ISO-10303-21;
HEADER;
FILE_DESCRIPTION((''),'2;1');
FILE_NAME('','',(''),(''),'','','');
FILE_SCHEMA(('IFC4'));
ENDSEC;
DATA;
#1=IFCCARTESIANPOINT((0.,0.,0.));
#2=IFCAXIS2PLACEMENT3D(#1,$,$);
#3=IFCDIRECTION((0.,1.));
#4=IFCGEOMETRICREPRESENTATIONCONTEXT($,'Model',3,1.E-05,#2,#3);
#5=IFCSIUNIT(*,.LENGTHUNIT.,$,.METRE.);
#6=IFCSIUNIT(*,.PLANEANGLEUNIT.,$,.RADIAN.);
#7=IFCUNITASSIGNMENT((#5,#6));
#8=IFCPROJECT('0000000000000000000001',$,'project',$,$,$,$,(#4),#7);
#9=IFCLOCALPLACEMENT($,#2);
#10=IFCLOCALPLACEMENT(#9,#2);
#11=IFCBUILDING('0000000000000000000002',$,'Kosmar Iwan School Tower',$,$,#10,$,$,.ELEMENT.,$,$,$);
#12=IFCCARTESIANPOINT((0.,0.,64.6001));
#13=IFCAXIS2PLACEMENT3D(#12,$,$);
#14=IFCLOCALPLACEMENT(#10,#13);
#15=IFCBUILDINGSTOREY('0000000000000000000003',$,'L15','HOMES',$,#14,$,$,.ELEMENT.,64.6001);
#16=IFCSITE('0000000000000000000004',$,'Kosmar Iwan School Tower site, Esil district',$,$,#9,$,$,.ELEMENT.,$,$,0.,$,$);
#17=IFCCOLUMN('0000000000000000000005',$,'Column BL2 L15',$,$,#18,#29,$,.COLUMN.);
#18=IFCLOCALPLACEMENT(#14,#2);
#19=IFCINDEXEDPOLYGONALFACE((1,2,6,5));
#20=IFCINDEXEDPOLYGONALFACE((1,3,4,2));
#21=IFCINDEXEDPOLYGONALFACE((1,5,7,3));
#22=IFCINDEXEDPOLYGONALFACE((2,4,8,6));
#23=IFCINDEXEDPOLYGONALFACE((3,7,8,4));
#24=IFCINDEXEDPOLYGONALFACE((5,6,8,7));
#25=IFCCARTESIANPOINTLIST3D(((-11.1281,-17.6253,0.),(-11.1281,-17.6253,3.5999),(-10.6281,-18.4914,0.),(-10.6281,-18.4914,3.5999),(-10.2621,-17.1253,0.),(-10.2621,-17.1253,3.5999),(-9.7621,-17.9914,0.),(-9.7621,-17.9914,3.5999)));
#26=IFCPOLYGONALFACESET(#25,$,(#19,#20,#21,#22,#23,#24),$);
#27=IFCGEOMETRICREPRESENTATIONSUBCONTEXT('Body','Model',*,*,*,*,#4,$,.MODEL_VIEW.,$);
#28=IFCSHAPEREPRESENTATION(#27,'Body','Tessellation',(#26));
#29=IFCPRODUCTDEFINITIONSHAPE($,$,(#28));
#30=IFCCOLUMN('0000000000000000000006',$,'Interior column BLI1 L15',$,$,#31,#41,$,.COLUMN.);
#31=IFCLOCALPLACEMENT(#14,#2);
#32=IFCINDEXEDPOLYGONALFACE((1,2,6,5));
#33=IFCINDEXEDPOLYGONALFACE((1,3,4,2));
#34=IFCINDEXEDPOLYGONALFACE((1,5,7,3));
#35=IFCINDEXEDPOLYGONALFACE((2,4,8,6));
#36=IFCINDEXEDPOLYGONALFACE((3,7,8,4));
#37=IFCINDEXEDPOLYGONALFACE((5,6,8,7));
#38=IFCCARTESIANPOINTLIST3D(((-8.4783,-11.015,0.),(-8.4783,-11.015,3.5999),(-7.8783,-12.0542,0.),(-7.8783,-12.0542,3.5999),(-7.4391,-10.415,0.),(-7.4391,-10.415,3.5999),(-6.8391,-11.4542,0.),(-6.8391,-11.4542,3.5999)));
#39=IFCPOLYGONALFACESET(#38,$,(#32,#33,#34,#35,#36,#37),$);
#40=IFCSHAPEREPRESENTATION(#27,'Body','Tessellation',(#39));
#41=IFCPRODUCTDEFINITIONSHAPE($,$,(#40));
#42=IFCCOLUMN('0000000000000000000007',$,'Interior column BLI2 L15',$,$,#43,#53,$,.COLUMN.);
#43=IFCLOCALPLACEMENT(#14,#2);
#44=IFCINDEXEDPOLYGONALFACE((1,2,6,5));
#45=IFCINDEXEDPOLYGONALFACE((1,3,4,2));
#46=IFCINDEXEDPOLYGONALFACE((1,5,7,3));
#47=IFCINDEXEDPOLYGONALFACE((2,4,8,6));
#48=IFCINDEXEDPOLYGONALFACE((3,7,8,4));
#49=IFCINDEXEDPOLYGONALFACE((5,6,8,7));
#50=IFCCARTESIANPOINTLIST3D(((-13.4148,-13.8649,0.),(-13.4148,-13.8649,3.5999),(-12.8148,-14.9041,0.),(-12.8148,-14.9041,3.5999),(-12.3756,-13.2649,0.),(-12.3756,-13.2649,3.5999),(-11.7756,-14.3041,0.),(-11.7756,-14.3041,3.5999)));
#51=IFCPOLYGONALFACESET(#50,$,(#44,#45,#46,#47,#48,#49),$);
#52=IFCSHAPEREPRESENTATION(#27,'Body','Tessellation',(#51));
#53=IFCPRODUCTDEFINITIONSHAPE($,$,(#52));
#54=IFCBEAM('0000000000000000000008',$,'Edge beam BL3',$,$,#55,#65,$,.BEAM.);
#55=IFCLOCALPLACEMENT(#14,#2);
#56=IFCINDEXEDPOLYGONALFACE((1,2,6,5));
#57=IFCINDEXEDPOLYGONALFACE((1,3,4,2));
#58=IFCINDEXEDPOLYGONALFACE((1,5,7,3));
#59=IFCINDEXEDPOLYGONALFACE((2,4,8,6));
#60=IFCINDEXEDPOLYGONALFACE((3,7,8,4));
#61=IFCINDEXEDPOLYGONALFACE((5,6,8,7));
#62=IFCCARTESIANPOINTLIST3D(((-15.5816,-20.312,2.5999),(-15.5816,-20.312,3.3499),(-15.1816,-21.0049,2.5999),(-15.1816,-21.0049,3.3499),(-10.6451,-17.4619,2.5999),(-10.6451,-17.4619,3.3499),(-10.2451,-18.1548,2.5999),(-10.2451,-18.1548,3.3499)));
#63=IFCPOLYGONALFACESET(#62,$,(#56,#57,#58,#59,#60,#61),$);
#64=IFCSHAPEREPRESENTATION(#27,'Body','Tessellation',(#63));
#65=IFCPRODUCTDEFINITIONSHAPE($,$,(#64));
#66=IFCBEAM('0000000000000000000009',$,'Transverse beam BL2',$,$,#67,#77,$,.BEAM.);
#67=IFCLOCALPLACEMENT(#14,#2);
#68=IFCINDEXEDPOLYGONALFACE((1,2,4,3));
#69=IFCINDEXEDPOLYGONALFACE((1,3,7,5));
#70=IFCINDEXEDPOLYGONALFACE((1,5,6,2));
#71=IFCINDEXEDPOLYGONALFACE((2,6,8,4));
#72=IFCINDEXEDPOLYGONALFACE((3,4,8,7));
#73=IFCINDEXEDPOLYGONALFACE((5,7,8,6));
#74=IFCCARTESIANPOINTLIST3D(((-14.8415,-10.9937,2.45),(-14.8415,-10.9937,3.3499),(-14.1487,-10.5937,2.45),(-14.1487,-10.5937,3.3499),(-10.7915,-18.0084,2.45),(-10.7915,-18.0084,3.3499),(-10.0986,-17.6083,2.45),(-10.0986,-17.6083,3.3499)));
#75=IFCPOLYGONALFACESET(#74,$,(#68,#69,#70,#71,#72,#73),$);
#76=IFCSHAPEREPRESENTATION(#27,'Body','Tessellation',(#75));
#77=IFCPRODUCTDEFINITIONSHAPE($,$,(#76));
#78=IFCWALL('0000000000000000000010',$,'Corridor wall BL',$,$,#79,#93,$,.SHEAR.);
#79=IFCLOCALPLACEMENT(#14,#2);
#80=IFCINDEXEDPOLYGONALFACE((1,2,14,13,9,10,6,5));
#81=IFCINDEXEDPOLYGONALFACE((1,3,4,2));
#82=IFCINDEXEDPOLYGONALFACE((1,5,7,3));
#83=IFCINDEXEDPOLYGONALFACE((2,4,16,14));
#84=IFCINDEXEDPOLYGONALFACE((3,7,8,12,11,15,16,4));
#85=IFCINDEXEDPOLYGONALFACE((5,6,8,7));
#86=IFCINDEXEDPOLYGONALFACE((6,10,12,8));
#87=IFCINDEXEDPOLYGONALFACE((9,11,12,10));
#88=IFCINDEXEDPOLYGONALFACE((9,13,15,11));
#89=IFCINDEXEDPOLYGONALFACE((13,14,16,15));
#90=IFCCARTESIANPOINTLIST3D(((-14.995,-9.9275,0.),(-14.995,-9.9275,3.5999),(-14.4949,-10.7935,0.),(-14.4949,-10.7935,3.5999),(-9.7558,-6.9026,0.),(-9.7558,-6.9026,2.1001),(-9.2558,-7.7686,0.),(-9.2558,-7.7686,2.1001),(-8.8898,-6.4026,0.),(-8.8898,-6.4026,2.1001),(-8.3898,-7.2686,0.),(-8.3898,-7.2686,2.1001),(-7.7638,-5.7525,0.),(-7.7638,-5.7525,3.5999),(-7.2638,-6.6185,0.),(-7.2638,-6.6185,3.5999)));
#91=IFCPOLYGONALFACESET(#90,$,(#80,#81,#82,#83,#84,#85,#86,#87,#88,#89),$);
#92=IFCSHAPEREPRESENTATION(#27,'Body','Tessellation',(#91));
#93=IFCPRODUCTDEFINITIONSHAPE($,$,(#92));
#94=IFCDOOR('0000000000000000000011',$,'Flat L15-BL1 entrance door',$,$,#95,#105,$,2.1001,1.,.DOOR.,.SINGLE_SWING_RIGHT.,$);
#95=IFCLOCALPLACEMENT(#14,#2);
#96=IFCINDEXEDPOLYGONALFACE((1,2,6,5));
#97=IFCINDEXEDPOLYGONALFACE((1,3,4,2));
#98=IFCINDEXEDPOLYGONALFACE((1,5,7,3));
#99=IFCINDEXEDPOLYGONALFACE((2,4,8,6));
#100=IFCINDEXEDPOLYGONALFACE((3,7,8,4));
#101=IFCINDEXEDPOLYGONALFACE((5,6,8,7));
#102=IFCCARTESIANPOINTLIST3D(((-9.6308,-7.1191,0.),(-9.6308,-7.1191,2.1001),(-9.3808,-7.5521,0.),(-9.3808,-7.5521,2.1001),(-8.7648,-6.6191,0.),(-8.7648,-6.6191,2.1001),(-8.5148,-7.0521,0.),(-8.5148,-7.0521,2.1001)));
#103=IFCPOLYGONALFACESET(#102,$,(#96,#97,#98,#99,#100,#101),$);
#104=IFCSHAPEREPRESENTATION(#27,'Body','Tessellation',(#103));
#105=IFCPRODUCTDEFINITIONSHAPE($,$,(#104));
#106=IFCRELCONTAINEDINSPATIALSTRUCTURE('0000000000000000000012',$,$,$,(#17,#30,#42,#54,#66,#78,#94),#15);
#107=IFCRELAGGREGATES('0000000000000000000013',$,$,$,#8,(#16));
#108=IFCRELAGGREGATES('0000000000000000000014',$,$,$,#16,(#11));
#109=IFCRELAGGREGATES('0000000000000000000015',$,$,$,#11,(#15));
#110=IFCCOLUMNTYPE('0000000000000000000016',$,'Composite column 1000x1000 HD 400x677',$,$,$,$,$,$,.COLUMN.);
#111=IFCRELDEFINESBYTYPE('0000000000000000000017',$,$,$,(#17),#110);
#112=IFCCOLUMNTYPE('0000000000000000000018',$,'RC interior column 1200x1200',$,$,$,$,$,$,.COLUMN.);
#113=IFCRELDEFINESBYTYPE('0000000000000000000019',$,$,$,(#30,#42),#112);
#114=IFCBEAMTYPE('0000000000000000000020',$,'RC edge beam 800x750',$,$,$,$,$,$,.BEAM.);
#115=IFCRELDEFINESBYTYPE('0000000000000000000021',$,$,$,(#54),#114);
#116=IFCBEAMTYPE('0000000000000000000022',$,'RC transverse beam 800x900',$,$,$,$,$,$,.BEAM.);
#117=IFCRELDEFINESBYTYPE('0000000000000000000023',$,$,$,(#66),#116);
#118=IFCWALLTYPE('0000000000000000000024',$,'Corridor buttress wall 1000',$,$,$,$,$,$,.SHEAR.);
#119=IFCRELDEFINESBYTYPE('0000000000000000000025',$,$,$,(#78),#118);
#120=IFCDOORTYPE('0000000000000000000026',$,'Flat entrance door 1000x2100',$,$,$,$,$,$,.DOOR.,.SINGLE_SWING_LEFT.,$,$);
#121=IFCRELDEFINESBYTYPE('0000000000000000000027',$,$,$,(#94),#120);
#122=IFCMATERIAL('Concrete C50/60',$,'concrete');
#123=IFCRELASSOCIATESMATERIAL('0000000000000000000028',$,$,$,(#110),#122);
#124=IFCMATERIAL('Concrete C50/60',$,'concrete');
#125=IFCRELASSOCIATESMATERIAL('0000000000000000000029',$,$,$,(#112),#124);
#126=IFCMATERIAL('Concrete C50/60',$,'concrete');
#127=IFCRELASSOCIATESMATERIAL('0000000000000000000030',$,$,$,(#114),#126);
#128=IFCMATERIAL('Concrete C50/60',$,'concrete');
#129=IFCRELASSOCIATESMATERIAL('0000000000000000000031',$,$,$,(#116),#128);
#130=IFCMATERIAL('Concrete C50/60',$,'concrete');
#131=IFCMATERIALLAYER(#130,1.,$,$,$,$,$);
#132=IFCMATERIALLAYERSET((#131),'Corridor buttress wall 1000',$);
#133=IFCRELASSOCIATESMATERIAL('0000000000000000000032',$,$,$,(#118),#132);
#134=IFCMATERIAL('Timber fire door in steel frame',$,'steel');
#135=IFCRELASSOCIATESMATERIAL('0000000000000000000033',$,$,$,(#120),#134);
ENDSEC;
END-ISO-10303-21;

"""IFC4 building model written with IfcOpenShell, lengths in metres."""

from ifc_helpers import new_model, si_unit, direction, frame, frame_2d, origin, origin_2d, place, context, subcontext, project, spatial, rectangle, extrude, material, layer, layer_set, material_profile, profile_set, type_object, element, fill, save


model = new_model("IFC4")

# Units and contexts
model_context = context("Model", 3, precision=1e-05, world=origin(), true_north=direction((0.0, 1.0)))
body_context = subcontext(model_context, "Body", "Model", "MODEL_VIEW")
ifc_project = project(units=[si_unit("LENGTHUNIT", "METRE"), si_unit("PLANEANGLEUNIT", "RADIAN")], contexts=[model_context])

# Site, building, storey
site_placement = place(None, origin())
site = spatial("IfcSite", under=ifc_project, at=site_placement, Name="Kosmar Iwan School Tower site, Esil district", CompositionType="ELEMENT", RefElevation=0.0)
building_placement = place(site_placement, origin())
building = spatial("IfcBuilding", under=site, at=building_placement, Name="Kosmar Iwan School Tower", CompositionType="ELEMENT")
storey_placement = place(building_placement, frame((0.0, 0.0, 64.6001)))
storey = spatial("IfcBuildingStorey", under=building, at=storey_placement, Name="L15", Description="HOMES", CompositionType="ELEMENT", Elevation=64.6001)

# Columns
ifc_material_1 = material(Name="Concrete C50/60", Category="concrete")
ifc_material_profile_1 = material_profile(ifc_material_1, rectangle(XDim=1.0, YDim=1.0, at=origin_2d()), Name="RC 1000x1000 + HD 400x677")
ifc_profile_set_1 = profile_set([ifc_material_profile_1], Name="Concrete C50/60")
column_type_1 = type_object("IfcColumnType", Name="Composite column 1000x1000 HD 400x677", PredefinedType="COLUMN", material=ifc_profile_set_1)
column_placement = place(storey_placement, frame((-10.4451, -17.8083, 0.0), z_axis=(0.0, 0.0, 1.0), x_axis=(-0.866025, -0.5, 0.0)))
element("IfcColumn", 1, at=column_placement, inside=storey, type_object=column_type_1, Name="Column BL2 L15", PredefinedType="COLUMN", context=body_context, shape_type="SweptSolid", body=[
    extrude(rectangle(XDim=1.0, YDim=1.0, at=origin_2d()), origin(), (0.0, 0.0, 1.0), 3.5999),
])
ifc_material_2 = material(Name="Concrete C50/60", Category="concrete")
ifc_material_profile_2 = material_profile(ifc_material_2, rectangle(XDim=1.2, YDim=1.2, at=origin_2d()), Name="RC 1200x1200")
ifc_profile_set_2 = profile_set([ifc_material_profile_2], Name="Concrete C50/60")
column_type_2 = type_object("IfcColumnType", Name="RC interior column 1200x1200", PredefinedType="COLUMN", material=ifc_profile_set_2)
for number, where, z_axis, x_axis, name in (
    (2, (-7.6587, -11.2346, 0.0), (0.0, 0.0, 1.0), (-0.866025, -0.5, 0.0), "Interior column BLI1 L15"),
    (3, (-12.5952, -14.0845, 0.0), (0.0, 0.0, 1.0), (-0.866025, -0.5, 0.0), "Interior column BLI2 L15"),
):
    element("IfcColumn", number, at=place(storey_placement, frame(where, z_axis=z_axis, x_axis=x_axis)), inside=storey, type_object=column_type_2, Name=name, PredefinedType="COLUMN", context=body_context, shape_type="SweptSolid", body=[
        extrude(rectangle(XDim=1.2, YDim=1.2, at=origin_2d()), origin(), (0.0, 0.0, 1.0), 3.5999),
    ])

# Beams
ifc_material_3 = material(Name="Concrete C50/60", Category="concrete")
ifc_material_profile_3 = material_profile(ifc_material_3, rectangle(XDim=0.8, YDim=0.75, at=origin_2d()), Name="RC 800x750")
ifc_profile_set_3 = profile_set([ifc_material_profile_3], Name="Concrete C50/60")
beam_type_1 = type_object("IfcBeamType", Name="RC edge beam 800x750", PredefinedType="BEAM", material=ifc_profile_set_3)
beam_1_placement = place(storey_placement, frame((-10.4451, -17.8083, 2.9749), z_axis=(-0.866026, -0.499999, 0.0), x_axis=(0.499999, -0.866026, 0.0)))
element("IfcBeam", 4, at=beam_1_placement, inside=storey, type_object=beam_type_1, Name="Edge beam BL3", PredefinedType="BEAM", context=body_context, shape_type="SweptSolid", body=[
    extrude(rectangle(XDim=0.8, YDim=0.75, at=origin_2d()), origin(), (0.0, 0.0, 1.0), 5.7002),
])
ifc_material_4 = material(Name="Concrete C50/60", Category="concrete")
ifc_material_profile_4 = material_profile(ifc_material_4, rectangle(XDim=0.8, YDim=0.8999, at=origin_2d()), Name="RC 800x900")
ifc_profile_set_4 = profile_set([ifc_material_profile_4], Name="Concrete C50/60")
beam_type_2 = type_object("IfcBeamType", Name="RC transverse beam 800x900", PredefinedType="BEAM", material=ifc_profile_set_4)
beam_2_placement = place(storey_placement, frame((-10.4451, -17.8083, 2.8999), z_axis=(-0.500013, 0.866018, 0.0), x_axis=(-0.866018, -0.500013, 0.0)))
element("IfcBeam", 5, at=beam_2_placement, inside=storey, type_object=beam_type_2, Name="Transverse beam BL2", PredefinedType="BEAM", context=body_context, shape_type="SweptSolid", body=[
    extrude(rectangle(XDim=0.8, YDim=0.8999, at=origin_2d()), origin(), (0.0, 0.0, 1.0), 8.0999),
])

# Wall, opening, door
ifc_material_5 = material(Name="Concrete C50/60", Category="concrete")
ifc_layer_1 = layer(ifc_material_5, 1.0)
ifc_layer_set_1 = layer_set([ifc_layer_1], Name="Corridor buttress wall 1000")
wall_type_1 = type_object("IfcWallType", Name="Corridor buttress wall 1000", PredefinedType="SHEAR", material=ifc_layer_set_1)
wall_1_placement = place(storey_placement, frame((-7.5139, -6.1855, 0.0), z_axis=(0.0, 0.0, 1.0), x_axis=(-0.86602, -0.50001, 0.0)))
wall_1 = element("IfcWall", 6, at=wall_1_placement, inside=storey, type_object=wall_type_1, Name="Corridor wall BL", PredefinedType="SHEAR", context=body_context, shape_type="SweptSolid", body=[
    extrude(rectangle(XDim=8.3499, YDim=1.0, at=frame_2d((4.1748, 0.0))), origin(), (0.0, 0.0, 1.0), 3.5999),
])
opening_1_placement = place(wall_1_placement, frame((1.3, 0.0, 0.0)))
opening_1 = element("IfcOpeningElement", 7, at=opening_1_placement, cuts=wall_1, PredefinedType="OPENING", context=body_context, shape_type="SweptSolid", body=[
    extrude(rectangle(XDim=1.0, YDim=2.1001, at=frame_2d((0.5, 1.05))), frame((0.0, 0.512, 0.0), z_axis=(0.0, -1.0, 0.0), x_axis=(1.0, 0.0, 0.0)), (0.0, 0.0, 1.0), 1.0239),
])
ifc_material_6 = material(Name="Timber fire door in steel frame", Category="steel")
door_type_1 = type_object("IfcDoorType", Name="Flat entrance door 1000x2100", OperationType="SINGLE_SWING_LEFT", PredefinedType="DOOR", material=ifc_material_6)
door_1_placement = place(opening_1_placement, origin())
door_1 = element("IfcDoor", 8, at=door_1_placement, inside=storey, type_object=door_type_1, Name="Flat L15-BL1 entrance door", OperationType="SINGLE_SWING_RIGHT", OverallHeight=2.1001, OverallWidth=1.0, PredefinedType="DOOR", context=body_context, shape_type="SweptSolid", body=[
    extrude(rectangle(XDim=1.0, YDim=2.1001, at=frame_2d((0.5, 1.05))), frame((0.0, 0.25, 0.0), z_axis=(0.0, -1.0, 0.0), x_axis=(1.0, 0.0, 0.0)), (0.0, 0.0, 1.0), 0.5),
])
fill(opening_1, door_1)

save(model, "model.ifc")
